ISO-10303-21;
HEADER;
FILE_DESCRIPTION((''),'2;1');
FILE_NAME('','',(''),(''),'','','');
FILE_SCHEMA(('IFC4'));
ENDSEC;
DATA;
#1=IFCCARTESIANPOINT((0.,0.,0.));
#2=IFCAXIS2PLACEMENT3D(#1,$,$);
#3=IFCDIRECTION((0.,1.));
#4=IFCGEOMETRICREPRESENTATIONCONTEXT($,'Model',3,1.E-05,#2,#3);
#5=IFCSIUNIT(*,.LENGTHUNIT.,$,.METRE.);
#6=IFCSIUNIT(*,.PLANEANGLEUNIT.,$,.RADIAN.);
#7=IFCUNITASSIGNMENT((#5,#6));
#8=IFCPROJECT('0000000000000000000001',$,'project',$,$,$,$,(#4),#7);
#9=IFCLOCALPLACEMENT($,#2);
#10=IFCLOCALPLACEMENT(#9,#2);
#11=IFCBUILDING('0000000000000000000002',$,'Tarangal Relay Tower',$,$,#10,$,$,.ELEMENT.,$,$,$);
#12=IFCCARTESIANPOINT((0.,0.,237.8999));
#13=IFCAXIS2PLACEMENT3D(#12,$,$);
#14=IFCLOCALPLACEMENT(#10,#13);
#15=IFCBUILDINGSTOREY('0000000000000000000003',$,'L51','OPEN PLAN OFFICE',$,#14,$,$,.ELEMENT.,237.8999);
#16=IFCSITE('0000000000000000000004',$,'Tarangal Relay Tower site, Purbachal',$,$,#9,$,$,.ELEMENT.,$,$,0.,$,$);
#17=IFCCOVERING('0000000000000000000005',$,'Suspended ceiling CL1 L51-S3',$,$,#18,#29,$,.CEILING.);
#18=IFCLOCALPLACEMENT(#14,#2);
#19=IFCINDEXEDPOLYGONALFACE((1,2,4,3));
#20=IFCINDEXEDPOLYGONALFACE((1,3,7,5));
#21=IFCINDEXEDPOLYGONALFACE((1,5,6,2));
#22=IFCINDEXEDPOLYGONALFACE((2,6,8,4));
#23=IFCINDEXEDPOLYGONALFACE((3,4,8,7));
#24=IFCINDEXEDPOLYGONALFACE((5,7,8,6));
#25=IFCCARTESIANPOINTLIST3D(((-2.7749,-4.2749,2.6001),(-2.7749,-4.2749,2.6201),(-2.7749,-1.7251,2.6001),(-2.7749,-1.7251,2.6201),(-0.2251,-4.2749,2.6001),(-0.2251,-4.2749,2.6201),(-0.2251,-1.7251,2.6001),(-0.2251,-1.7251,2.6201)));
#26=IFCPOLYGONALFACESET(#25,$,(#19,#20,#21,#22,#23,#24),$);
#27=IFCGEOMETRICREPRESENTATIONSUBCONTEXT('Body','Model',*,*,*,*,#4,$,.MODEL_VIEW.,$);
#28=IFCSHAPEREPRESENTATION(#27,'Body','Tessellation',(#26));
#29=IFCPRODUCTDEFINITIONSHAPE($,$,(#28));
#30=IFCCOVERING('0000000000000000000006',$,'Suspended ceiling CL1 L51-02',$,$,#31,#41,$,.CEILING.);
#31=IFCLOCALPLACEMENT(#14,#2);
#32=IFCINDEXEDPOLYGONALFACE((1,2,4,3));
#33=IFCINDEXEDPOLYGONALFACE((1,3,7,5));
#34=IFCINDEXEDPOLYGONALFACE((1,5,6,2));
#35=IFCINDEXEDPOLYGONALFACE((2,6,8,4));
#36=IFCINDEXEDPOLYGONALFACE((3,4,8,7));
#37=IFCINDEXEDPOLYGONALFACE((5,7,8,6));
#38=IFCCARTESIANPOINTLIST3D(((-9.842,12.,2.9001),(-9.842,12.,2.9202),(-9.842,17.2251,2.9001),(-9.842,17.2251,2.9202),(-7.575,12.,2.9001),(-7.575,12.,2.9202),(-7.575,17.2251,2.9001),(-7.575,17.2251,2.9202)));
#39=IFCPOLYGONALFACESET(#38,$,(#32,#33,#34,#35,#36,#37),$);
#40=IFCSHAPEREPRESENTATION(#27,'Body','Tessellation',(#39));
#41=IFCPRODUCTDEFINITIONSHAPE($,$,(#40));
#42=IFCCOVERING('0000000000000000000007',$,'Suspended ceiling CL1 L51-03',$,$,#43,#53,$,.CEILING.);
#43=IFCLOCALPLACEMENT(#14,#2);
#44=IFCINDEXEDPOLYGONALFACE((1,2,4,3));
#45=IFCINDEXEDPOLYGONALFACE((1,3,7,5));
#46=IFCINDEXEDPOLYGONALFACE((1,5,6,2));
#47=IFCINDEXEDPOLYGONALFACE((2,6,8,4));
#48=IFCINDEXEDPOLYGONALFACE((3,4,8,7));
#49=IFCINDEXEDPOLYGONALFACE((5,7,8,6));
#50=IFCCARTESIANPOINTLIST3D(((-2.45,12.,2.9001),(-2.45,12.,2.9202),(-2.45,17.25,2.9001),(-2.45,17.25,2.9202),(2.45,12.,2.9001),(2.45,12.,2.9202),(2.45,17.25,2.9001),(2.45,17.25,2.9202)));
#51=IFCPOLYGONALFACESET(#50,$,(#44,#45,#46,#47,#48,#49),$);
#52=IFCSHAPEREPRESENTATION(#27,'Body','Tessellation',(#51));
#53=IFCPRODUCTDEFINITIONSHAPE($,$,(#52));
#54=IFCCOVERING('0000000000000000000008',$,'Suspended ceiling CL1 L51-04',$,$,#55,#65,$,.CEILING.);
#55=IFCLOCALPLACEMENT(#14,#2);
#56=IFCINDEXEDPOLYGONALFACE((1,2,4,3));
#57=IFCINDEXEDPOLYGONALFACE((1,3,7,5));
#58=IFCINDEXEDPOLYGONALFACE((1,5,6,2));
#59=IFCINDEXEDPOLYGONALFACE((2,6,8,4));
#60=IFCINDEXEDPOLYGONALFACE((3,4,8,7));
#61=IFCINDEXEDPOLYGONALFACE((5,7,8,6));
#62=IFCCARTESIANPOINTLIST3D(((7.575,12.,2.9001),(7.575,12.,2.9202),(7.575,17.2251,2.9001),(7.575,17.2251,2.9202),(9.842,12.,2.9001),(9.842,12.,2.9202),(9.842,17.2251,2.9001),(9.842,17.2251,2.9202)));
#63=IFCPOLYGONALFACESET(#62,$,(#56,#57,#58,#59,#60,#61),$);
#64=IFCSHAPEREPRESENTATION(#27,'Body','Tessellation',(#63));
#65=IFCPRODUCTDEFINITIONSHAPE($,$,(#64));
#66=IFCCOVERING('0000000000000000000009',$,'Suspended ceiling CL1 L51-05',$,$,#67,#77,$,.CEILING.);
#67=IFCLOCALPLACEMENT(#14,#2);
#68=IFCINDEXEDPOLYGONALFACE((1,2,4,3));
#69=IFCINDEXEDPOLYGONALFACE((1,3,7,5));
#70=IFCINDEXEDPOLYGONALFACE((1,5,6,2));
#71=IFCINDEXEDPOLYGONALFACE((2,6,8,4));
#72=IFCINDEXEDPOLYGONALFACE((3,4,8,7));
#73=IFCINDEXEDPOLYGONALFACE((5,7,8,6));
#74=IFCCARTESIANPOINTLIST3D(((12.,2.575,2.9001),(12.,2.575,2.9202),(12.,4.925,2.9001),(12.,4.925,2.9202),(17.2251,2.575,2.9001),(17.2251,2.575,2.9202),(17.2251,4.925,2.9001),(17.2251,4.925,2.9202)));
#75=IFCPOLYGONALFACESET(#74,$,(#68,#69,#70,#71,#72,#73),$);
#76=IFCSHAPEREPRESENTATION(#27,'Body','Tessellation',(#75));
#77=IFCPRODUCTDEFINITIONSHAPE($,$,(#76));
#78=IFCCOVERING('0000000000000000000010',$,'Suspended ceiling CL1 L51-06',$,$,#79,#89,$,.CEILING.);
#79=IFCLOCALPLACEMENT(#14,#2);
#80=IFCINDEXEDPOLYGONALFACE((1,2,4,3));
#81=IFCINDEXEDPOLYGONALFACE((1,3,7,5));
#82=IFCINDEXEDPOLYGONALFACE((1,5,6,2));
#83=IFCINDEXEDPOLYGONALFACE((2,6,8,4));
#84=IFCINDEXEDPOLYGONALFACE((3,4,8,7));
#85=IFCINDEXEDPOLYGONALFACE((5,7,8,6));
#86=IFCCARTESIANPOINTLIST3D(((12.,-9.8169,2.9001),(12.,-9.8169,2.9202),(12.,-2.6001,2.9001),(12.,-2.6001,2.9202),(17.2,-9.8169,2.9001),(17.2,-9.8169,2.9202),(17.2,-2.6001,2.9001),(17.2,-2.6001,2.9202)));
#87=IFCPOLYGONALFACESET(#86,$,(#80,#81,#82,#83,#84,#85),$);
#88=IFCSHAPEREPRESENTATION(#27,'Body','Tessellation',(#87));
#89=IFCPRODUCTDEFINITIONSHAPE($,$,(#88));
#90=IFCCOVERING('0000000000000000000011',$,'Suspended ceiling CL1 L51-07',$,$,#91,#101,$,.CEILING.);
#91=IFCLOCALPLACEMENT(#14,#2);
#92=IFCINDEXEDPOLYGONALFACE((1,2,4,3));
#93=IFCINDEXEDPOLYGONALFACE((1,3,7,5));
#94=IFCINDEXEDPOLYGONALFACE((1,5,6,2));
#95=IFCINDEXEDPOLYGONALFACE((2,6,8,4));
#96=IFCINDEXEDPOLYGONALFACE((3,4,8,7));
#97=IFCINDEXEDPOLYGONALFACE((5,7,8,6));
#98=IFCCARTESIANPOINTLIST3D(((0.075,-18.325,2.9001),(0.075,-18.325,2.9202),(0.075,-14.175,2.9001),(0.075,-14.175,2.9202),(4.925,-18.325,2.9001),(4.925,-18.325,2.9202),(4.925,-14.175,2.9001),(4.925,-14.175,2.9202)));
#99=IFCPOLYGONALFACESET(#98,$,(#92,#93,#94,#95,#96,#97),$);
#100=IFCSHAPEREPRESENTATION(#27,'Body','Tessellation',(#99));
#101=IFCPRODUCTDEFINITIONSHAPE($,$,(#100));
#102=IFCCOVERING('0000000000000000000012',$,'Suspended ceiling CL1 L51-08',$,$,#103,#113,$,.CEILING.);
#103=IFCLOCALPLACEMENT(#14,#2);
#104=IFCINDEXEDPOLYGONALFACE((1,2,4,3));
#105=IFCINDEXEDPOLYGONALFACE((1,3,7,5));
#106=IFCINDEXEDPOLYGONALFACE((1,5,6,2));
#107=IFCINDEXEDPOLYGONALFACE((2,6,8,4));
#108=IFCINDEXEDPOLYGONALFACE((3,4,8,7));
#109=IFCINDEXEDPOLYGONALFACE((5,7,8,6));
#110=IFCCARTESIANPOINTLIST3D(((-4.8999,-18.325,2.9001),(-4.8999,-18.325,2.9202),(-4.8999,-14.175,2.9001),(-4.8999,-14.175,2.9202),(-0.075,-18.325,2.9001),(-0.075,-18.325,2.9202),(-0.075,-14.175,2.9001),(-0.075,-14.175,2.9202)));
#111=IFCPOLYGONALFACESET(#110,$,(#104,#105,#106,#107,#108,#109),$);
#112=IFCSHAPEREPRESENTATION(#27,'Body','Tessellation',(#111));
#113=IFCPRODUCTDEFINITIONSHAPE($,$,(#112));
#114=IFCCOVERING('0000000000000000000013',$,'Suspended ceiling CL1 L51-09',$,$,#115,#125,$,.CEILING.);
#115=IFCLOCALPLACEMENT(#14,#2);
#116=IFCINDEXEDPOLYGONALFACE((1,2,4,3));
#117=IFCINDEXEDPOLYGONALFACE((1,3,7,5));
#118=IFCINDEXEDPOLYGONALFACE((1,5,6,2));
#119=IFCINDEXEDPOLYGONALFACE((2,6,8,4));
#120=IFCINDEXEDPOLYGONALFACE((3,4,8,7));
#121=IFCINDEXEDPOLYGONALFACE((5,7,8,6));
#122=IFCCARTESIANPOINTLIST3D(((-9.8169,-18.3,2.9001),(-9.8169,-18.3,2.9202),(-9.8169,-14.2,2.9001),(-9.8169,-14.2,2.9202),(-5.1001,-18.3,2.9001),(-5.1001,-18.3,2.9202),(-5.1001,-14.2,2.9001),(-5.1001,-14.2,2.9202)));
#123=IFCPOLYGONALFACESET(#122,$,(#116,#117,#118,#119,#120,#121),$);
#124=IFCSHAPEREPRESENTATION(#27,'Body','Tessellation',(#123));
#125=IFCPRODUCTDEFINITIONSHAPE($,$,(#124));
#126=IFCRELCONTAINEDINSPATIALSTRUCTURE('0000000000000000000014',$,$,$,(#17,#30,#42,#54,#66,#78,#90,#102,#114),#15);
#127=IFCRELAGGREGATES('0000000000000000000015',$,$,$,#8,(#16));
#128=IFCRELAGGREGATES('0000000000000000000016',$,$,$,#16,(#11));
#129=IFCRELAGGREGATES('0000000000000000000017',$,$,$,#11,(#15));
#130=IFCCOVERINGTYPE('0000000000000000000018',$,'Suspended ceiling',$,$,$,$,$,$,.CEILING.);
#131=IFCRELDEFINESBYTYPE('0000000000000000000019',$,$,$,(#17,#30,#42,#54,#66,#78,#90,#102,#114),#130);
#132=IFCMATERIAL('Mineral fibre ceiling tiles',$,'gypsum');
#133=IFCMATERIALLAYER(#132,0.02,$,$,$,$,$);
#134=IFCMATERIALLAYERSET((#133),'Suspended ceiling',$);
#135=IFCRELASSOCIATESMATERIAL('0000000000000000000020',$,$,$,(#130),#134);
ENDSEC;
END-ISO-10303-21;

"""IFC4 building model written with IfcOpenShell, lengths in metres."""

from ifc_helpers import new_model, si_unit, direction, frame, origin, place, context, subcontext, project, spatial, polyline, outline, extrude, material, layer, layer_set, type_object, element, save


model = new_model("IFC4")

# Units and contexts
model_context = context("Model", 3, precision=1e-05, world=origin(), true_north=direction((0.0, 1.0)))
body_context = subcontext(model_context, "Body", "Model", "MODEL_VIEW")
ifc_project = project(units=[si_unit("LENGTHUNIT", "METRE"), si_unit("PLANEANGLEUNIT", "RADIAN")], contexts=[model_context])

# Site, building, storey
site_placement = place(None, origin())
site = spatial("IfcSite", under=ifc_project, at=site_placement, Name="Tarangal Relay Tower site, Purbachal", CompositionType="ELEMENT", RefElevation=0.0)
building_placement = place(site_placement, origin())
building = spatial("IfcBuilding", under=site, at=building_placement, Name="Tarangal Relay Tower", CompositionType="ELEMENT")
storey_placement = place(building_placement, frame((0.0, 0.0, 237.8999)))
storey = spatial("IfcBuildingStorey", under=building, at=storey_placement, Name="L51", Description="OPEN PLAN OFFICE", CompositionType="ELEMENT", Elevation=237.8999)

# Coverings
ifc_material_1 = material(Name="Mineral fibre ceiling tiles", Category="gypsum")
ifc_layer_1 = layer(ifc_material_1, 0.02)
ifc_layer_set_1 = layer_set([ifc_layer_1], Name="Suspended ceiling")
covering_type_1 = type_object("IfcCoveringType", Name="Suspended ceiling", PredefinedType="CEILING", material=ifc_layer_set_1)
covering_1_placement = place(storey_placement, frame((0.0, 0.0, 2.6001)))
element("IfcCovering", 1, at=covering_1_placement, inside=storey, type_object=covering_type_1, Name="Suspended ceiling CL1 L51-S3", PredefinedType="CEILING", context=body_context, shape_type="SweptSolid", body=[
    extrude(outline(polyline([(-2.7749, -4.2749), (-0.2251, -4.2749), (-0.2251, -1.7251), (-2.7749, -1.7251), (-2.7749, -4.2749)])), origin(), (0.0, 0.0, 1.0), 0.02),
])
covering_2_placement = place(storey_placement, frame((0.0, 0.0, 2.9001)))
element("IfcCovering", 2, at=covering_2_placement, inside=storey, type_object=covering_type_1, Name="Suspended ceiling CL1 L51-02", PredefinedType="CEILING", context=body_context, shape_type="SweptSolid", body=[
    extrude(outline(polyline([(-7.575, 12.0), (-7.575, 17.2251), (-9.842, 17.2251), (-9.842, 12.0), (-7.575, 12.0)])), origin(), (0.0, 0.0, 1.0), 0.02),
])
covering_3_placement = place(storey_placement, frame((0.0, 0.0, 2.9001)))
element("IfcCovering", 3, at=covering_3_placement, inside=storey, type_object=covering_type_1, Name="Suspended ceiling CL1 L51-03", PredefinedType="CEILING", context=body_context, shape_type="SweptSolid", body=[
    extrude(outline(polyline([(2.45, 12.0), (2.45, 17.25), (-2.45, 17.25), (-2.45, 12.0), (2.45, 12.0)])), origin(), (0.0, 0.0, 1.0), 0.02),
])
covering_4_placement = place(storey_placement, frame((0.0, 0.0, 2.9001)))
element("IfcCovering", 4, at=covering_4_placement, inside=storey, type_object=covering_type_1, Name="Suspended ceiling CL1 L51-04", PredefinedType="CEILING", context=body_context, shape_type="SweptSolid", body=[
    extrude(outline(polyline([(9.842, 12.0), (9.842, 17.2251), (7.575, 17.2251), (7.575, 12.0), (9.842, 12.0)])), origin(), (0.0, 0.0, 1.0), 0.02),
])
covering_5_placement = place(storey_placement, frame((0.0, 0.0, 2.9001)))
element("IfcCovering", 5, at=covering_5_placement, inside=storey, type_object=covering_type_1, Name="Suspended ceiling CL1 L51-05", PredefinedType="CEILING", context=body_context, shape_type="SweptSolid", body=[
    extrude(outline(polyline([(12.0, 2.575), (17.2251, 2.575), (17.2251, 4.925), (12.0, 4.925), (12.0, 2.575)])), origin(), (0.0, 0.0, 1.0), 0.02),
])
covering_6_placement = place(storey_placement, frame((0.0, 0.0, 2.9001)))
element("IfcCovering", 6, at=covering_6_placement, inside=storey, type_object=covering_type_1, Name="Suspended ceiling CL1 L51-06", PredefinedType="CEILING", context=body_context, shape_type="SweptSolid", body=[
    extrude(outline(polyline([(12.0, -9.8169), (17.2, -9.8169), (17.2, -2.6001), (12.0, -2.6001), (12.0, -9.8169)])), origin(), (0.0, 0.0, 1.0), 0.02),
])
covering_7_placement = place(storey_placement, frame((0.0, 0.0, 2.9001)))
element("IfcCovering", 7, at=covering_7_placement, inside=storey, type_object=covering_type_1, Name="Suspended ceiling CL1 L51-07", PredefinedType="CEILING", context=body_context, shape_type="SweptSolid", body=[
    extrude(outline(polyline([(4.925, -14.175), (0.075, -14.175), (0.075, -18.325), (4.925, -18.325), (4.925, -14.175)])), origin(), (0.0, 0.0, 1.0), 0.02),
])
covering_8_placement = place(storey_placement, frame((0.0, 0.0, 2.9001)))
element("IfcCovering", 8, at=covering_8_placement, inside=storey, type_object=covering_type_1, Name="Suspended ceiling CL1 L51-08", PredefinedType="CEILING", context=body_context, shape_type="SweptSolid", body=[
    extrude(outline(polyline([(-4.8999, -18.325), (-0.075, -18.325), (-0.075, -14.175), (-4.8999, -14.175), (-4.8999, -18.325)])), origin(), (0.0, 0.0, 1.0), 0.02),
])
covering_9_placement = place(storey_placement, frame((0.0, 0.0, 2.9001)))
element("IfcCovering", 9, at=covering_9_placement, inside=storey, type_object=covering_type_1, Name="Suspended ceiling CL1 L51-09", PredefinedType="CEILING", context=body_context, shape_type="SweptSolid", body=[
    extrude(outline(polyline([(-5.1001, -14.2), (-9.8169, -14.2), (-9.8169, -18.3), (-5.1001, -18.3), (-5.1001, -14.2)])), origin(), (0.0, 0.0, 1.0), 0.02),
])

save(model, "model.ifc")
